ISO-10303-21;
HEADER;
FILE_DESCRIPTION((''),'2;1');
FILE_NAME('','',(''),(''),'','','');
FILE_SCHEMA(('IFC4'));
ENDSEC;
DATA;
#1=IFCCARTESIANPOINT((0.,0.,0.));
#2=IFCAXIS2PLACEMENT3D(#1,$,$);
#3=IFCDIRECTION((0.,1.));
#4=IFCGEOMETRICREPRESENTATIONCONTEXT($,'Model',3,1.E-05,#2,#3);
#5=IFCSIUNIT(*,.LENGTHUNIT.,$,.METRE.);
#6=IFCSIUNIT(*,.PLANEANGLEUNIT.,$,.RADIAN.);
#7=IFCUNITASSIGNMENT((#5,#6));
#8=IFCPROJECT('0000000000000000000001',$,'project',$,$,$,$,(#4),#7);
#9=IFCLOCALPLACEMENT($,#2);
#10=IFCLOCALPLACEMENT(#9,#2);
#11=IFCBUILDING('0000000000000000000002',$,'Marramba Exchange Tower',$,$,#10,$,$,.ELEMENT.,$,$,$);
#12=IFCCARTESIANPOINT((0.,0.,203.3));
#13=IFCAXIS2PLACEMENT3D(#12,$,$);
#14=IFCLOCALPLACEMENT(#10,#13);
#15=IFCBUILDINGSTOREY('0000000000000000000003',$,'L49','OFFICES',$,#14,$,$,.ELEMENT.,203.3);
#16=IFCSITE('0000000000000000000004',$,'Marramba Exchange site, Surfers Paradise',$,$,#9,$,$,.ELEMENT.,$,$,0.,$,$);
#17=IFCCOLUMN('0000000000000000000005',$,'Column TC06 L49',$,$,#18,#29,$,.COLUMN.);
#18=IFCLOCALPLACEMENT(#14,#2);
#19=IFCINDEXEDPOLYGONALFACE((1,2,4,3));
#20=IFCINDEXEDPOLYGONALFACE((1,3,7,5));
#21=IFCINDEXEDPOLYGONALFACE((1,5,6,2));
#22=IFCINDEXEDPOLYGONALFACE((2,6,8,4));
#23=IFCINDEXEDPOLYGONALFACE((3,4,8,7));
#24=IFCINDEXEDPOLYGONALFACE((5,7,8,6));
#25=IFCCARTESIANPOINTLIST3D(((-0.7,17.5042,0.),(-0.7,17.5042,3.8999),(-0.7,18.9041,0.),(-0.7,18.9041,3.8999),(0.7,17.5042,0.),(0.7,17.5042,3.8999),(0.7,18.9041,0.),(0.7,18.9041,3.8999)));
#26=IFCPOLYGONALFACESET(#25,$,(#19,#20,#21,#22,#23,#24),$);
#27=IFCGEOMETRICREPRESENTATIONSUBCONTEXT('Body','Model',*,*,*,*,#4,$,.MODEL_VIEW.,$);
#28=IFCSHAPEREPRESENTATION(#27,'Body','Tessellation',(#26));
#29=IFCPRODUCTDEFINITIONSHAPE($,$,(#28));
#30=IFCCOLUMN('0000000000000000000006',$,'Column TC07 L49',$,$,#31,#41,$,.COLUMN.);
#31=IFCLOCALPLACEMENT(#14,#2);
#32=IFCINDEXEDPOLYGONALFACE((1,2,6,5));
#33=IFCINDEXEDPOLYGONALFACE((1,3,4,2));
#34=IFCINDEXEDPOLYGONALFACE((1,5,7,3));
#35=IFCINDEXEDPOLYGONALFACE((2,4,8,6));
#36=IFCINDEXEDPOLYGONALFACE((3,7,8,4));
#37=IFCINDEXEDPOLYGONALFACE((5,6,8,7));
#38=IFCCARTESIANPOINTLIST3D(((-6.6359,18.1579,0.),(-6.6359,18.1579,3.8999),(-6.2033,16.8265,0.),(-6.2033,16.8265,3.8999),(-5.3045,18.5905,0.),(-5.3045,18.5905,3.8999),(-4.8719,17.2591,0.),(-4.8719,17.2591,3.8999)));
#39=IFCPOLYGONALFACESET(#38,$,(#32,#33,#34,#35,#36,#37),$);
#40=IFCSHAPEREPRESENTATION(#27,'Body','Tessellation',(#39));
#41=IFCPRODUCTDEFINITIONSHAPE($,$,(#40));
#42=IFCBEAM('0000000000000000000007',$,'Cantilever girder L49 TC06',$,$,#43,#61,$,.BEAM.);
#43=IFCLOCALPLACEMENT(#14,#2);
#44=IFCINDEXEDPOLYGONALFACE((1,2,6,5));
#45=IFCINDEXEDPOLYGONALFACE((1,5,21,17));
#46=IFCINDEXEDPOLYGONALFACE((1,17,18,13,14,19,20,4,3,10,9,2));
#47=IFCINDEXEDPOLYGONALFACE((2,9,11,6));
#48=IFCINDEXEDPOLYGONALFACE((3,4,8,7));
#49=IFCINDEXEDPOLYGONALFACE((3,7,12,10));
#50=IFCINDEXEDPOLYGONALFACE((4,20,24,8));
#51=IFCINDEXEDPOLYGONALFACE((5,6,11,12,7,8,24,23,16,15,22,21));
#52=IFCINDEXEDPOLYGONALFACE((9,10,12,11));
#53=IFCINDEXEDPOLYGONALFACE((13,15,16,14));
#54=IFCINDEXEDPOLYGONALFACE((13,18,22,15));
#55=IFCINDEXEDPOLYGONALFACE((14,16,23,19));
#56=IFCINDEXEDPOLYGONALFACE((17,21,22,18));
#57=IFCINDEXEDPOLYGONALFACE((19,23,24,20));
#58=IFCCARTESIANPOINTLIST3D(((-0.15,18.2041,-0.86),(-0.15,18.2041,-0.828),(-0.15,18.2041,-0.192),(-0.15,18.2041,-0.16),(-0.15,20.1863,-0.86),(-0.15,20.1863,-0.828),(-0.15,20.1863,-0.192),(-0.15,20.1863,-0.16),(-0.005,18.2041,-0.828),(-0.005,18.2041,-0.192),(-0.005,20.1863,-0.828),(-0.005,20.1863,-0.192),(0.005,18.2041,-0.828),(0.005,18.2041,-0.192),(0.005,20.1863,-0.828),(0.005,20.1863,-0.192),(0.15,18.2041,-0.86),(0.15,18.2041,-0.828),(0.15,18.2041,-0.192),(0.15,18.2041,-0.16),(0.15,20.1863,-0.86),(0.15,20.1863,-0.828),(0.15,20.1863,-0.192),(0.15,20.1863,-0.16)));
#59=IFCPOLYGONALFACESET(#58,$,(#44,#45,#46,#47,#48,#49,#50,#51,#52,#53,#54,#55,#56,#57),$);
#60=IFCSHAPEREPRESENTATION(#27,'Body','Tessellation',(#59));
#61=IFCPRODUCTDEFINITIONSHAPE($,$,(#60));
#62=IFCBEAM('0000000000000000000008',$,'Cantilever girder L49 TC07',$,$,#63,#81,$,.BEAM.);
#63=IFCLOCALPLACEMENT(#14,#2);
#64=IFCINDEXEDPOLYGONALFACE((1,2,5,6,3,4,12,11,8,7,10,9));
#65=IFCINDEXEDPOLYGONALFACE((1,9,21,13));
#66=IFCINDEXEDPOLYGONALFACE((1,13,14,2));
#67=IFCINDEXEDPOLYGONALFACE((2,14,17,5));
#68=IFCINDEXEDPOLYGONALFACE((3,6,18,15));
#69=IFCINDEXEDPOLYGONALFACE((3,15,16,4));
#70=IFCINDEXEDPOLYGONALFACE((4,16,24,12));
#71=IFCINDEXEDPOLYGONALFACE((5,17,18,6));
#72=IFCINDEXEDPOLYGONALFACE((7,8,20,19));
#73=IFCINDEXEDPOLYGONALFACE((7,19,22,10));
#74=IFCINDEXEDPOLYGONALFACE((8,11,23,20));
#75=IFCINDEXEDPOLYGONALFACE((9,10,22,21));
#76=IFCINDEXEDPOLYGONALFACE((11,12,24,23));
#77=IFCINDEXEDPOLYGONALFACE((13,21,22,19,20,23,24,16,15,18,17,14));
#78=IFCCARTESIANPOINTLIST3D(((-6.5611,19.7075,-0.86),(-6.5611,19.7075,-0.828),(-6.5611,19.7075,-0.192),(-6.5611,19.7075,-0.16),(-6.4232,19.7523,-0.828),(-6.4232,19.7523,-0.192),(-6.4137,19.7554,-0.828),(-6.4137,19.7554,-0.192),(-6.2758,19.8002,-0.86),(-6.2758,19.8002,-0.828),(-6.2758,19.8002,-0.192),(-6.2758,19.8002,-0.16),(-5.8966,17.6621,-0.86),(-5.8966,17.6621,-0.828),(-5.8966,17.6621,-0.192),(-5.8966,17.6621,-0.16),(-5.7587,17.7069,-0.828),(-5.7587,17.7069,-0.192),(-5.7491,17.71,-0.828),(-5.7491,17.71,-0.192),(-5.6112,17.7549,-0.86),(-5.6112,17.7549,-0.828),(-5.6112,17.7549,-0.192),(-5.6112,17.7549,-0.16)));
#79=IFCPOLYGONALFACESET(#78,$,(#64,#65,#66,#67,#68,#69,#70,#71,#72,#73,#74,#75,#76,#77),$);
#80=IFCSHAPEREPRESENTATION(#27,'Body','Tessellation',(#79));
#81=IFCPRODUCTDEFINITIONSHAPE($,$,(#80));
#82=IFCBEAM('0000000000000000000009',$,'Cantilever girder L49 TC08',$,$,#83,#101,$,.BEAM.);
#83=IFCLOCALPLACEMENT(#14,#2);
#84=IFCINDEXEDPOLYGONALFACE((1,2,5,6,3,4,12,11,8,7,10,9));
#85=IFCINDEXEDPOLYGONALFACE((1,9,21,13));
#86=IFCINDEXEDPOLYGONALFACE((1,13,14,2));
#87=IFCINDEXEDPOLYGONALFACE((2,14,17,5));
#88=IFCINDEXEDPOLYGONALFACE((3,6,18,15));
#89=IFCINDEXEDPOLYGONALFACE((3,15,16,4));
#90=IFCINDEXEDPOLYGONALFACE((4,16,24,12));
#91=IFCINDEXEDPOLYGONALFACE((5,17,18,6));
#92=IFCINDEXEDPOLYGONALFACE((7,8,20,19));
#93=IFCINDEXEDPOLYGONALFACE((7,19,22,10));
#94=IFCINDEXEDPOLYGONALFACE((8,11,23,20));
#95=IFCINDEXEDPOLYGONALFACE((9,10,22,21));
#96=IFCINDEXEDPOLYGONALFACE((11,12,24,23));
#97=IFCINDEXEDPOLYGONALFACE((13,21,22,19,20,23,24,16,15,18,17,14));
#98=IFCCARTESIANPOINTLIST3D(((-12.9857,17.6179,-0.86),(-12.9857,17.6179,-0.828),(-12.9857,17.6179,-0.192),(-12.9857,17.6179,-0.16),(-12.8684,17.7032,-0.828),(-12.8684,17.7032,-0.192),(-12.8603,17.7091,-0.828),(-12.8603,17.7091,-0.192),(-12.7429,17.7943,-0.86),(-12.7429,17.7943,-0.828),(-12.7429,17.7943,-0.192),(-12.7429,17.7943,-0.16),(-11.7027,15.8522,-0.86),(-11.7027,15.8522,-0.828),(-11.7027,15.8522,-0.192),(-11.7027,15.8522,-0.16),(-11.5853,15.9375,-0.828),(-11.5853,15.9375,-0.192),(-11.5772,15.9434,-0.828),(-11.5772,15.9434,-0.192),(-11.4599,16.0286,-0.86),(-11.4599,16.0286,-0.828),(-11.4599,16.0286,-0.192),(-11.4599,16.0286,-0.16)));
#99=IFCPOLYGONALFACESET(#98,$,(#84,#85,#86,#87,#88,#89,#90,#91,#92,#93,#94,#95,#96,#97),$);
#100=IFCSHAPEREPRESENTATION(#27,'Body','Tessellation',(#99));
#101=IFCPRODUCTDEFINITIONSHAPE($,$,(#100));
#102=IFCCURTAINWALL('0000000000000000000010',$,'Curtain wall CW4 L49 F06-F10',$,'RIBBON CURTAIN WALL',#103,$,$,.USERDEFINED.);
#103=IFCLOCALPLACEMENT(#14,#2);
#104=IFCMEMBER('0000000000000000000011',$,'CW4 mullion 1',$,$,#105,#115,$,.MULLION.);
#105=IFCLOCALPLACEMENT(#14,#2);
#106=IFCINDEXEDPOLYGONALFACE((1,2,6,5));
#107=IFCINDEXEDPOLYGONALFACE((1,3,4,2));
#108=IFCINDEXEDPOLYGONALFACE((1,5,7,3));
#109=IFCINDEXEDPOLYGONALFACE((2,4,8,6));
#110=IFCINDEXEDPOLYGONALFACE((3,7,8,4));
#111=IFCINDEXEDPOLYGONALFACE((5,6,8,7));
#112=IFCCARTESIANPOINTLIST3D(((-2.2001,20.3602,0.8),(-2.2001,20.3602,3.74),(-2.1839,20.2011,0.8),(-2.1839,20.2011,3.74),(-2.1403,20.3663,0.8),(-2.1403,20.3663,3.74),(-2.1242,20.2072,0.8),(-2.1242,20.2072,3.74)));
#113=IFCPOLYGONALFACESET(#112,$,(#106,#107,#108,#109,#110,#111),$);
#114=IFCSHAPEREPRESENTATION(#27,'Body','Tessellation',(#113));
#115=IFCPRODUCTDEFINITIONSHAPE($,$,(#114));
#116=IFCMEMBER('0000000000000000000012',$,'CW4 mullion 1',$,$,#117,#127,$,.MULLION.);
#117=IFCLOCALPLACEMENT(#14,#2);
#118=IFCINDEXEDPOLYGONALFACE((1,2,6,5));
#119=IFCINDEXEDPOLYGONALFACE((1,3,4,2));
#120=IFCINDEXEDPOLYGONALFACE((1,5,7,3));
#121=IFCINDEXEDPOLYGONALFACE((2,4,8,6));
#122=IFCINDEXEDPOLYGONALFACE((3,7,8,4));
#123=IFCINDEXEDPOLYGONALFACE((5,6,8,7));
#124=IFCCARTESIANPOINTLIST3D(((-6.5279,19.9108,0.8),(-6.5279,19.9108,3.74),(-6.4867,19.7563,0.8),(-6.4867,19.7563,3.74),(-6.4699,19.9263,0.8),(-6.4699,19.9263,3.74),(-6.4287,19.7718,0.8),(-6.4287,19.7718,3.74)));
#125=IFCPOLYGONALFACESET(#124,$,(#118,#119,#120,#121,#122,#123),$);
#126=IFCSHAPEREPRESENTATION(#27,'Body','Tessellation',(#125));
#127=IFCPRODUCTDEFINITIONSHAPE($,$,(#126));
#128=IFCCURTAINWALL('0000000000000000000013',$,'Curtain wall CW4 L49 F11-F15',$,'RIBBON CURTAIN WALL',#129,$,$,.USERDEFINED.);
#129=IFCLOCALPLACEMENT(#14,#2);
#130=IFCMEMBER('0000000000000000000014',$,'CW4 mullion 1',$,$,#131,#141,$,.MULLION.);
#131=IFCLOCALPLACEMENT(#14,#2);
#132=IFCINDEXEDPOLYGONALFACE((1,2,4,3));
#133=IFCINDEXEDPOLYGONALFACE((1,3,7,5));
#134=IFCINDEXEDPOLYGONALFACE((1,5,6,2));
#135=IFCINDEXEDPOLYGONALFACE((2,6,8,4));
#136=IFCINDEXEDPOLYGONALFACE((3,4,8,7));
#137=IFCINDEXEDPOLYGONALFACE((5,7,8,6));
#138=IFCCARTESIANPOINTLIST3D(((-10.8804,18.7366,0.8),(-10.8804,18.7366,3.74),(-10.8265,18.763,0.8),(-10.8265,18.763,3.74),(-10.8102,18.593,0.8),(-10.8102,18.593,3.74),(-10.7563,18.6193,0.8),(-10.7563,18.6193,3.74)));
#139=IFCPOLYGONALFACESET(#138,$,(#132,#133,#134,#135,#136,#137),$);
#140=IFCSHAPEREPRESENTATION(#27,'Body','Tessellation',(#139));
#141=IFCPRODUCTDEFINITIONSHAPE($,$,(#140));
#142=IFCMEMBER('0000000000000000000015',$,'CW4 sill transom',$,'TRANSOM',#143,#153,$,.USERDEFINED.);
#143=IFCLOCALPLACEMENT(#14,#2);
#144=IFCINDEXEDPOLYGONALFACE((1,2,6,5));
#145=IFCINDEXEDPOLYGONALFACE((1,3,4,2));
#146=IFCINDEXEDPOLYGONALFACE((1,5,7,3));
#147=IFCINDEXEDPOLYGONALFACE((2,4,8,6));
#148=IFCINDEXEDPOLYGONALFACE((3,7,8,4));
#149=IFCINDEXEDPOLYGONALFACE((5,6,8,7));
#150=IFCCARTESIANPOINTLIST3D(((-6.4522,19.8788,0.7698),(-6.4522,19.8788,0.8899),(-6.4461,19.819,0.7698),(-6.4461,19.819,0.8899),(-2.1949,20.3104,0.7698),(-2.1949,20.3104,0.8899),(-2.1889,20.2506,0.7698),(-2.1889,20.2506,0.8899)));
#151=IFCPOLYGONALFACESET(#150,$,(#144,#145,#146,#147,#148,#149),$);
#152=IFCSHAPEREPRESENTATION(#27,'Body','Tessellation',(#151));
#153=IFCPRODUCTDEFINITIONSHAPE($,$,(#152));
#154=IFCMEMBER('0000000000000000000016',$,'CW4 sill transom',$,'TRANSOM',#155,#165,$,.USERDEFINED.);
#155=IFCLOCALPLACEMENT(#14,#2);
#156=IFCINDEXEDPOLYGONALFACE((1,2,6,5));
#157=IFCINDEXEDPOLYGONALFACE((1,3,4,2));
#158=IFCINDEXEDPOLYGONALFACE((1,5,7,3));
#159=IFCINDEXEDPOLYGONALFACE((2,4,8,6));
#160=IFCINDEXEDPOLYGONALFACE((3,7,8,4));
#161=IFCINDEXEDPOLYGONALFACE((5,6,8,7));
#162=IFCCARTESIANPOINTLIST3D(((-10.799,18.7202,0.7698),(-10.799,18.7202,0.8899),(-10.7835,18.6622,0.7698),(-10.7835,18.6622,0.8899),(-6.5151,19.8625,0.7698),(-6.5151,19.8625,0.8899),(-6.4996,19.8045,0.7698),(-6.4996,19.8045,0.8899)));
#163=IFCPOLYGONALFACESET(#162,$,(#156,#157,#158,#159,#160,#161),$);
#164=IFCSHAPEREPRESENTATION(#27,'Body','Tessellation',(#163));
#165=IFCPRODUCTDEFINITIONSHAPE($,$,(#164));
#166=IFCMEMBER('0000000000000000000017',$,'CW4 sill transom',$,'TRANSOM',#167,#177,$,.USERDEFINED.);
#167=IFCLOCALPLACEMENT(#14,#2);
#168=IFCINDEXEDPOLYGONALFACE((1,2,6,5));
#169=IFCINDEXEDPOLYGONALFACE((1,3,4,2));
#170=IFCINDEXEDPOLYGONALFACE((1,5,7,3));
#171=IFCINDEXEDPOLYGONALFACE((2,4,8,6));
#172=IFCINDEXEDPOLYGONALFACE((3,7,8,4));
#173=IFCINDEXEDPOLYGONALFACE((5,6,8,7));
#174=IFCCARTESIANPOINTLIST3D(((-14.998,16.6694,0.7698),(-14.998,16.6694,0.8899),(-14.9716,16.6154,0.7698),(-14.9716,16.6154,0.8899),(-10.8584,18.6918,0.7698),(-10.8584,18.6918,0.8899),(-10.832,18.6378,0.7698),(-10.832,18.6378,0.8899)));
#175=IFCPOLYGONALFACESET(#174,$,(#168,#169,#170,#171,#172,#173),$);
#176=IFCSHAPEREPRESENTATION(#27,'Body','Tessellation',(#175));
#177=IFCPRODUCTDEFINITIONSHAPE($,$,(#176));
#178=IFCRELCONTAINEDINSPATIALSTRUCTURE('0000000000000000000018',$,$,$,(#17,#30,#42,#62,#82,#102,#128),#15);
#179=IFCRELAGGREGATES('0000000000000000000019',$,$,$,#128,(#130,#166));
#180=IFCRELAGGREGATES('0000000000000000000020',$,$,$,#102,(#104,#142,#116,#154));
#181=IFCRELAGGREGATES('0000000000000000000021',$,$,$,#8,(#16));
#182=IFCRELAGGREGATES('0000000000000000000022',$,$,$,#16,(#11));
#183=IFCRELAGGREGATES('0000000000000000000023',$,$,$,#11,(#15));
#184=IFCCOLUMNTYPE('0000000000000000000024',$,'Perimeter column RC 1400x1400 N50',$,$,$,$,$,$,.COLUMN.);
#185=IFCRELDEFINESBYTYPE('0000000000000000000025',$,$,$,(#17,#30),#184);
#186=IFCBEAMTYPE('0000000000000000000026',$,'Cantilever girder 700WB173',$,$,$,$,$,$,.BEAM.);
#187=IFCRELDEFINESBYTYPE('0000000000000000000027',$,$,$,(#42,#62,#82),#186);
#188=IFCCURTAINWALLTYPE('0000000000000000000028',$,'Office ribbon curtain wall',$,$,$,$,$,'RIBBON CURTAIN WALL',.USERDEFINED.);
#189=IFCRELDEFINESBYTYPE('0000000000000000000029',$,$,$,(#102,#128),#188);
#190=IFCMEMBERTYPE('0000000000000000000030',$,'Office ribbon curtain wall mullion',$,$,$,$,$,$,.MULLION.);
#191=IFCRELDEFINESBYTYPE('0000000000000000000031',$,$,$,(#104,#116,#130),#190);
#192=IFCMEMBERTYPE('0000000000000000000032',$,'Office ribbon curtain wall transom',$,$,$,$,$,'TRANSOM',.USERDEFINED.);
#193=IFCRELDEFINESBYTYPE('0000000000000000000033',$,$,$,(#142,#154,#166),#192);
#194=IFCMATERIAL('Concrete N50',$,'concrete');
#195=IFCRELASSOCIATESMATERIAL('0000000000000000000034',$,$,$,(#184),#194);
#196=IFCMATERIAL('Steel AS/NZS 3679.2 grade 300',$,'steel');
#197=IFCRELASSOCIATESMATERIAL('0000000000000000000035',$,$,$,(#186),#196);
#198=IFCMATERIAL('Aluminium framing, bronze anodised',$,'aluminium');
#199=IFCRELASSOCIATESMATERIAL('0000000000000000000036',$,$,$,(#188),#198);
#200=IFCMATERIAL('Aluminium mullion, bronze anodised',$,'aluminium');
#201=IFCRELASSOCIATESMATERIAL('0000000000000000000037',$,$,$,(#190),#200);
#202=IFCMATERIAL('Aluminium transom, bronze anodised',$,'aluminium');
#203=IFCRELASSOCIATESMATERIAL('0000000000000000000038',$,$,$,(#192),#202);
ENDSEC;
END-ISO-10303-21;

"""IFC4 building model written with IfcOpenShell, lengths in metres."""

from ifc_helpers import new_model, si_unit, direction, frame, origin, origin_2d, place, context, subcontext, project, spatial, rectangle, i_section, extrude, material, material_profile, profile_set, type_object, element, aggregate, save


model = new_model("IFC4")

# Units and contexts
model_context = context("Model", 3, precision=1e-05, world=origin(), true_north=direction((0.0, 1.0)))
body_context = subcontext(model_context, "Body", "Model", "MODEL_VIEW")
ifc_project = project(units=[si_unit("LENGTHUNIT", "METRE"), si_unit("PLANEANGLEUNIT", "RADIAN")], contexts=[model_context])

# Site, building, storey
site_placement = place(None, origin())
site = spatial("IfcSite", under=ifc_project, at=site_placement, Name="Marramba Exchange site, Surfers Paradise", CompositionType="ELEMENT", RefElevation=0.0)
building_placement = place(site_placement, origin())
building = spatial("IfcBuilding", under=site, at=building_placement, Name="Marramba Exchange Tower", CompositionType="ELEMENT")
storey_placement = place(building_placement, frame((0.0, 0.0, 203.3)))
storey = spatial("IfcBuildingStorey", under=building, at=storey_placement, Name="L49", Description="OFFICES", CompositionType="ELEMENT", Elevation=203.3)

# Columns
ifc_material_1 = material(Name="Concrete N50", Category="concrete")
ifc_material_profile_1 = material_profile(ifc_material_1, rectangle(XDim=1.3999, YDim=1.3999, at=origin_2d()), Name="RC 1400x1400")
ifc_profile_set_1 = profile_set([ifc_material_profile_1], Name="Concrete N50")
column_type = type_object("IfcColumnType", Name="Perimeter column RC 1400x1400 N50", PredefinedType="COLUMN", material=ifc_profile_set_1)
for number, where, z_axis, x_axis, name in (
    (1, (0.0, 18.2041, 0.0), (0.0, 0.0, 1.0), (0.0, 1.0, 0.0), "Column TC06 L49"),
    (2, (-5.7539, 17.7085, 0.0), (0.0, 0.0, 1.0), (-0.309017, 0.951057, 0.0), "Column TC07 L49"),
):
    element("IfcColumn", number, at=place(storey_placement, frame(where, z_axis=z_axis, x_axis=x_axis)), inside=storey, type_object=column_type, Name=name, PredefinedType="COLUMN", context=body_context, shape_type="SweptSolid", body=[
        extrude(rectangle(XDim=1.3999, YDim=1.3999, at=origin_2d()), origin(), (0.0, 0.0, 1.0), 3.8999),
    ])

# Beams
ifc_material_2 = material(Name="Steel AS/NZS 3679.2 grade 300", Category="steel")
ifc_material_profile_2 = material_profile(ifc_material_2, i_section(OverallWidth=0.3, OverallDepth=0.7, WebThickness=0.01, FlangeThickness=0.032, at=origin_2d()), Name="700WB173")
ifc_profile_set_2 = profile_set([ifc_material_profile_2], Name="Steel AS/NZS 3679.2 grade 300")
beam_type_1 = type_object("IfcBeamType", Name="Cantilever girder 700WB173", PredefinedType="BEAM", material=ifc_profile_set_2)
beam_1_placement = place(storey_placement, frame((0.0, 18.2041, -0.51), z_axis=(0.0, 1.0, 0.0), x_axis=(-1.0, 0.0, 0.0)))
element("IfcBeam", 3, at=beam_1_placement, inside=storey, type_object=beam_type_1, Name="Cantilever girder L49 TC06", PredefinedType="BEAM", context=body_context, shape_type="SweptSolid", body=[
    extrude(i_section(OverallWidth=0.3, OverallDepth=0.7, WebThickness=0.01, FlangeThickness=0.032, at=origin_2d()), origin(), (0.0, 0.0, 1.0), 1.9822),
])
beam_2_placement = place(storey_placement, frame((-5.7539, 17.7085, -0.51), z_axis=(-0.308999, 0.951062, 0.0), x_axis=(-0.951062, -0.308999, 0.0)))
element("IfcBeam", 4, at=beam_2_placement, inside=storey, type_object=beam_type_1, Name="Cantilever girder L49 TC07", PredefinedType="BEAM", context=body_context, shape_type="SweptSolid", body=[
    extrude(i_section(OverallWidth=0.3, OverallDepth=0.7, WebThickness=0.01, FlangeThickness=0.032, at=origin_2d()), origin(), (0.0, 0.0, 1.0), 2.1506),
])
beam_3_placement = place(storey_placement, frame((-11.5813, 15.9404, -0.51), z_axis=(-0.587832, 0.808983, 0.0), x_axis=(-0.808983, -0.587832, 0.0)))
element("IfcBeam", 5, at=beam_3_placement, inside=storey, type_object=beam_type_1, Name="Cantilever girder L49 TC08", PredefinedType="BEAM", context=body_context, shape_type="SweptSolid", body=[
    extrude(i_section(OverallWidth=0.3, OverallDepth=0.7, WebThickness=0.01, FlangeThickness=0.032, at=origin_2d()), origin(), (0.0, 0.0, 1.0), 2.1826),
])

# Curtain wall, members
ifc_material_3 = material(Name="Aluminium framing, bronze anodised", Category="aluminium")
curtain_wall_type = type_object("IfcCurtainWallType", Name="Office ribbon curtain wall", ElementType="RIBBON CURTAIN WALL", PredefinedType="USERDEFINED", material=ifc_material_3)
curtain_wall_1_placement = place(storey_placement, origin())
curtain_wall_1 = element("IfcCurtainWall", 6, at=curtain_wall_1_placement, inside=storey, type_object=curtain_wall_type, Name="Curtain wall CW4 L49 F06-F10", ObjectType="RIBBON CURTAIN WALL", PredefinedType="USERDEFINED")
ifc_material_4 = material(Name="Aluminium mullion, bronze anodised", Category="aluminium")
ifc_material_profile_3 = material_profile(ifc_material_4, rectangle(XDim=0.1599, YDim=0.0601, at=origin_2d()), Name="CW4 mullion 60x160")
ifc_profile_set_3 = profile_set([ifc_material_profile_3], Name="Aluminium mullion, bronze anodised")
member_type_1 = type_object("IfcMemberType", Name="Office ribbon curtain wall mullion", PredefinedType="MULLION", material=ifc_profile_set_3)
member_1_placement = place(storey_placement, frame((-2.1621, 20.2837, 0.8), z_axis=(0.0, 0.0, 1.0), x_axis=(0.100863, -0.9949, 0.0)))
member_1 = element("IfcMember", 7, at=member_1_placement, type_object=member_type_1, Name="CW4 mullion 1", PredefinedType="MULLION", context=body_context, shape_type="SweptSolid", body=[
    extrude(rectangle(XDim=0.1599, YDim=0.0601, at=origin_2d()), origin(), (0.0, 0.0, 1.0), 2.9399),
])
member_2_placement = place(storey_placement, frame((-6.4783, 19.8413, 0.8), z_axis=(0.0, 0.0, 1.0), x_axis=(0.257641, -0.966241, 0.0)))
member_2 = element("IfcMember", 8, at=member_2_placement, type_object=member_type_1, Name="CW4 mullion 1", PredefinedType="MULLION", context=body_context, shape_type="SweptSolid", body=[
    extrude(rectangle(XDim=0.1599, YDim=0.0601, at=origin_2d()), origin(), (0.0, 0.0, 1.0), 2.9399),
])

# Curtain wall, member
curtain_wall_2_placement = place(storey_placement, origin())
curtain_wall_2 = element("IfcCurtainWall", 9, at=curtain_wall_2_placement, inside=storey, type_object=curtain_wall_type, Name="Curtain wall CW4 L49 F11-F15", ObjectType="RIBBON CURTAIN WALL", PredefinedType="USERDEFINED")
member_3_placement = place(storey_placement, frame((-10.8184, 18.678, 0.8), z_axis=(0.0, 0.0, 1.0), x_axis=(0.438972, -0.898501, 0.0)))
member_3 = element("IfcMember", 10, at=member_3_placement, type_object=member_type_1, Name="CW4 mullion 1", PredefinedType="MULLION", context=body_context, shape_type="SweptSolid", body=[
    extrude(rectangle(XDim=0.1599, YDim=0.0601, at=origin_2d()), origin(), (0.0, 0.0, 1.0), 2.9399),
])

# Members
ifc_material_5 = material(Name="Aluminium transom, bronze anodised", Category="aluminium")
ifc_material_profile_4 = material_profile(ifc_material_5, rectangle(XDim=0.0601, YDim=0.1201, at=origin_2d()), Name="CW4 transom 60x120")
ifc_profile_set_4 = profile_set([ifc_material_profile_4], Name="Aluminium transom, bronze anodised")
member_type_2 = type_object("IfcMemberType", Name="Office ribbon curtain wall transom", ElementType="TRANSOM", PredefinedType="USERDEFINED", material=ifc_profile_set_4)
member_4_placement = place(storey_placement, frame((-2.1919, 20.2805, 0.8298), z_axis=(-0.9949, -0.100871, 0.0), x_axis=(0.100871, -0.9949, 0.0)))
member_4 = element("IfcMember", 11, at=member_4_placement, type_object=member_type_2, Name="CW4 sill transom", ObjectType="TRANSOM", PredefinedType="USERDEFINED", context=body_context, shape_type="SweptSolid", body=[
    extrude(rectangle(XDim=0.0601, YDim=0.1201, at=origin_2d()), origin(), (0.0, 0.0, 1.0), 4.2791),
])
member_5_placement = place(storey_placement, frame((-6.5073, 19.8335, 0.8298), z_axis=(-0.966238, -0.257652, 0.0), x_axis=(0.257652, -0.966238, 0.0)))
member_5 = element("IfcMember", 12, at=member_5_placement, type_object=member_type_2, Name="CW4 sill transom", ObjectType="TRANSOM", PredefinedType="USERDEFINED", context=body_context, shape_type="SweptSolid", body=[
    extrude(rectangle(XDim=0.0601, YDim=0.1201, at=origin_2d()), origin(), (0.0, 0.0, 1.0), 4.4336),
])
member_6_placement = place(storey_placement, frame((-10.8452, 18.6648, 0.8298), z_axis=(-0.898501, -0.438971, 0.0), x_axis=(0.438971, -0.898501, 0.0)))
member_6 = element("IfcMember", 13, at=member_6_placement, type_object=member_type_2, Name="CW4 sill transom", ObjectType="TRANSOM", PredefinedType="USERDEFINED", context=body_context, shape_type="SweptSolid", body=[
    extrude(rectangle(XDim=0.0601, YDim=0.1201, at=origin_2d()), origin(), (0.0, 0.0, 1.0), 4.6072),
])
aggregate(curtain_wall_2, [member_3, member_6])

aggregate(curtain_wall_1, [member_1, member_4, member_2, member_5])

save(model, "model.ifc")
